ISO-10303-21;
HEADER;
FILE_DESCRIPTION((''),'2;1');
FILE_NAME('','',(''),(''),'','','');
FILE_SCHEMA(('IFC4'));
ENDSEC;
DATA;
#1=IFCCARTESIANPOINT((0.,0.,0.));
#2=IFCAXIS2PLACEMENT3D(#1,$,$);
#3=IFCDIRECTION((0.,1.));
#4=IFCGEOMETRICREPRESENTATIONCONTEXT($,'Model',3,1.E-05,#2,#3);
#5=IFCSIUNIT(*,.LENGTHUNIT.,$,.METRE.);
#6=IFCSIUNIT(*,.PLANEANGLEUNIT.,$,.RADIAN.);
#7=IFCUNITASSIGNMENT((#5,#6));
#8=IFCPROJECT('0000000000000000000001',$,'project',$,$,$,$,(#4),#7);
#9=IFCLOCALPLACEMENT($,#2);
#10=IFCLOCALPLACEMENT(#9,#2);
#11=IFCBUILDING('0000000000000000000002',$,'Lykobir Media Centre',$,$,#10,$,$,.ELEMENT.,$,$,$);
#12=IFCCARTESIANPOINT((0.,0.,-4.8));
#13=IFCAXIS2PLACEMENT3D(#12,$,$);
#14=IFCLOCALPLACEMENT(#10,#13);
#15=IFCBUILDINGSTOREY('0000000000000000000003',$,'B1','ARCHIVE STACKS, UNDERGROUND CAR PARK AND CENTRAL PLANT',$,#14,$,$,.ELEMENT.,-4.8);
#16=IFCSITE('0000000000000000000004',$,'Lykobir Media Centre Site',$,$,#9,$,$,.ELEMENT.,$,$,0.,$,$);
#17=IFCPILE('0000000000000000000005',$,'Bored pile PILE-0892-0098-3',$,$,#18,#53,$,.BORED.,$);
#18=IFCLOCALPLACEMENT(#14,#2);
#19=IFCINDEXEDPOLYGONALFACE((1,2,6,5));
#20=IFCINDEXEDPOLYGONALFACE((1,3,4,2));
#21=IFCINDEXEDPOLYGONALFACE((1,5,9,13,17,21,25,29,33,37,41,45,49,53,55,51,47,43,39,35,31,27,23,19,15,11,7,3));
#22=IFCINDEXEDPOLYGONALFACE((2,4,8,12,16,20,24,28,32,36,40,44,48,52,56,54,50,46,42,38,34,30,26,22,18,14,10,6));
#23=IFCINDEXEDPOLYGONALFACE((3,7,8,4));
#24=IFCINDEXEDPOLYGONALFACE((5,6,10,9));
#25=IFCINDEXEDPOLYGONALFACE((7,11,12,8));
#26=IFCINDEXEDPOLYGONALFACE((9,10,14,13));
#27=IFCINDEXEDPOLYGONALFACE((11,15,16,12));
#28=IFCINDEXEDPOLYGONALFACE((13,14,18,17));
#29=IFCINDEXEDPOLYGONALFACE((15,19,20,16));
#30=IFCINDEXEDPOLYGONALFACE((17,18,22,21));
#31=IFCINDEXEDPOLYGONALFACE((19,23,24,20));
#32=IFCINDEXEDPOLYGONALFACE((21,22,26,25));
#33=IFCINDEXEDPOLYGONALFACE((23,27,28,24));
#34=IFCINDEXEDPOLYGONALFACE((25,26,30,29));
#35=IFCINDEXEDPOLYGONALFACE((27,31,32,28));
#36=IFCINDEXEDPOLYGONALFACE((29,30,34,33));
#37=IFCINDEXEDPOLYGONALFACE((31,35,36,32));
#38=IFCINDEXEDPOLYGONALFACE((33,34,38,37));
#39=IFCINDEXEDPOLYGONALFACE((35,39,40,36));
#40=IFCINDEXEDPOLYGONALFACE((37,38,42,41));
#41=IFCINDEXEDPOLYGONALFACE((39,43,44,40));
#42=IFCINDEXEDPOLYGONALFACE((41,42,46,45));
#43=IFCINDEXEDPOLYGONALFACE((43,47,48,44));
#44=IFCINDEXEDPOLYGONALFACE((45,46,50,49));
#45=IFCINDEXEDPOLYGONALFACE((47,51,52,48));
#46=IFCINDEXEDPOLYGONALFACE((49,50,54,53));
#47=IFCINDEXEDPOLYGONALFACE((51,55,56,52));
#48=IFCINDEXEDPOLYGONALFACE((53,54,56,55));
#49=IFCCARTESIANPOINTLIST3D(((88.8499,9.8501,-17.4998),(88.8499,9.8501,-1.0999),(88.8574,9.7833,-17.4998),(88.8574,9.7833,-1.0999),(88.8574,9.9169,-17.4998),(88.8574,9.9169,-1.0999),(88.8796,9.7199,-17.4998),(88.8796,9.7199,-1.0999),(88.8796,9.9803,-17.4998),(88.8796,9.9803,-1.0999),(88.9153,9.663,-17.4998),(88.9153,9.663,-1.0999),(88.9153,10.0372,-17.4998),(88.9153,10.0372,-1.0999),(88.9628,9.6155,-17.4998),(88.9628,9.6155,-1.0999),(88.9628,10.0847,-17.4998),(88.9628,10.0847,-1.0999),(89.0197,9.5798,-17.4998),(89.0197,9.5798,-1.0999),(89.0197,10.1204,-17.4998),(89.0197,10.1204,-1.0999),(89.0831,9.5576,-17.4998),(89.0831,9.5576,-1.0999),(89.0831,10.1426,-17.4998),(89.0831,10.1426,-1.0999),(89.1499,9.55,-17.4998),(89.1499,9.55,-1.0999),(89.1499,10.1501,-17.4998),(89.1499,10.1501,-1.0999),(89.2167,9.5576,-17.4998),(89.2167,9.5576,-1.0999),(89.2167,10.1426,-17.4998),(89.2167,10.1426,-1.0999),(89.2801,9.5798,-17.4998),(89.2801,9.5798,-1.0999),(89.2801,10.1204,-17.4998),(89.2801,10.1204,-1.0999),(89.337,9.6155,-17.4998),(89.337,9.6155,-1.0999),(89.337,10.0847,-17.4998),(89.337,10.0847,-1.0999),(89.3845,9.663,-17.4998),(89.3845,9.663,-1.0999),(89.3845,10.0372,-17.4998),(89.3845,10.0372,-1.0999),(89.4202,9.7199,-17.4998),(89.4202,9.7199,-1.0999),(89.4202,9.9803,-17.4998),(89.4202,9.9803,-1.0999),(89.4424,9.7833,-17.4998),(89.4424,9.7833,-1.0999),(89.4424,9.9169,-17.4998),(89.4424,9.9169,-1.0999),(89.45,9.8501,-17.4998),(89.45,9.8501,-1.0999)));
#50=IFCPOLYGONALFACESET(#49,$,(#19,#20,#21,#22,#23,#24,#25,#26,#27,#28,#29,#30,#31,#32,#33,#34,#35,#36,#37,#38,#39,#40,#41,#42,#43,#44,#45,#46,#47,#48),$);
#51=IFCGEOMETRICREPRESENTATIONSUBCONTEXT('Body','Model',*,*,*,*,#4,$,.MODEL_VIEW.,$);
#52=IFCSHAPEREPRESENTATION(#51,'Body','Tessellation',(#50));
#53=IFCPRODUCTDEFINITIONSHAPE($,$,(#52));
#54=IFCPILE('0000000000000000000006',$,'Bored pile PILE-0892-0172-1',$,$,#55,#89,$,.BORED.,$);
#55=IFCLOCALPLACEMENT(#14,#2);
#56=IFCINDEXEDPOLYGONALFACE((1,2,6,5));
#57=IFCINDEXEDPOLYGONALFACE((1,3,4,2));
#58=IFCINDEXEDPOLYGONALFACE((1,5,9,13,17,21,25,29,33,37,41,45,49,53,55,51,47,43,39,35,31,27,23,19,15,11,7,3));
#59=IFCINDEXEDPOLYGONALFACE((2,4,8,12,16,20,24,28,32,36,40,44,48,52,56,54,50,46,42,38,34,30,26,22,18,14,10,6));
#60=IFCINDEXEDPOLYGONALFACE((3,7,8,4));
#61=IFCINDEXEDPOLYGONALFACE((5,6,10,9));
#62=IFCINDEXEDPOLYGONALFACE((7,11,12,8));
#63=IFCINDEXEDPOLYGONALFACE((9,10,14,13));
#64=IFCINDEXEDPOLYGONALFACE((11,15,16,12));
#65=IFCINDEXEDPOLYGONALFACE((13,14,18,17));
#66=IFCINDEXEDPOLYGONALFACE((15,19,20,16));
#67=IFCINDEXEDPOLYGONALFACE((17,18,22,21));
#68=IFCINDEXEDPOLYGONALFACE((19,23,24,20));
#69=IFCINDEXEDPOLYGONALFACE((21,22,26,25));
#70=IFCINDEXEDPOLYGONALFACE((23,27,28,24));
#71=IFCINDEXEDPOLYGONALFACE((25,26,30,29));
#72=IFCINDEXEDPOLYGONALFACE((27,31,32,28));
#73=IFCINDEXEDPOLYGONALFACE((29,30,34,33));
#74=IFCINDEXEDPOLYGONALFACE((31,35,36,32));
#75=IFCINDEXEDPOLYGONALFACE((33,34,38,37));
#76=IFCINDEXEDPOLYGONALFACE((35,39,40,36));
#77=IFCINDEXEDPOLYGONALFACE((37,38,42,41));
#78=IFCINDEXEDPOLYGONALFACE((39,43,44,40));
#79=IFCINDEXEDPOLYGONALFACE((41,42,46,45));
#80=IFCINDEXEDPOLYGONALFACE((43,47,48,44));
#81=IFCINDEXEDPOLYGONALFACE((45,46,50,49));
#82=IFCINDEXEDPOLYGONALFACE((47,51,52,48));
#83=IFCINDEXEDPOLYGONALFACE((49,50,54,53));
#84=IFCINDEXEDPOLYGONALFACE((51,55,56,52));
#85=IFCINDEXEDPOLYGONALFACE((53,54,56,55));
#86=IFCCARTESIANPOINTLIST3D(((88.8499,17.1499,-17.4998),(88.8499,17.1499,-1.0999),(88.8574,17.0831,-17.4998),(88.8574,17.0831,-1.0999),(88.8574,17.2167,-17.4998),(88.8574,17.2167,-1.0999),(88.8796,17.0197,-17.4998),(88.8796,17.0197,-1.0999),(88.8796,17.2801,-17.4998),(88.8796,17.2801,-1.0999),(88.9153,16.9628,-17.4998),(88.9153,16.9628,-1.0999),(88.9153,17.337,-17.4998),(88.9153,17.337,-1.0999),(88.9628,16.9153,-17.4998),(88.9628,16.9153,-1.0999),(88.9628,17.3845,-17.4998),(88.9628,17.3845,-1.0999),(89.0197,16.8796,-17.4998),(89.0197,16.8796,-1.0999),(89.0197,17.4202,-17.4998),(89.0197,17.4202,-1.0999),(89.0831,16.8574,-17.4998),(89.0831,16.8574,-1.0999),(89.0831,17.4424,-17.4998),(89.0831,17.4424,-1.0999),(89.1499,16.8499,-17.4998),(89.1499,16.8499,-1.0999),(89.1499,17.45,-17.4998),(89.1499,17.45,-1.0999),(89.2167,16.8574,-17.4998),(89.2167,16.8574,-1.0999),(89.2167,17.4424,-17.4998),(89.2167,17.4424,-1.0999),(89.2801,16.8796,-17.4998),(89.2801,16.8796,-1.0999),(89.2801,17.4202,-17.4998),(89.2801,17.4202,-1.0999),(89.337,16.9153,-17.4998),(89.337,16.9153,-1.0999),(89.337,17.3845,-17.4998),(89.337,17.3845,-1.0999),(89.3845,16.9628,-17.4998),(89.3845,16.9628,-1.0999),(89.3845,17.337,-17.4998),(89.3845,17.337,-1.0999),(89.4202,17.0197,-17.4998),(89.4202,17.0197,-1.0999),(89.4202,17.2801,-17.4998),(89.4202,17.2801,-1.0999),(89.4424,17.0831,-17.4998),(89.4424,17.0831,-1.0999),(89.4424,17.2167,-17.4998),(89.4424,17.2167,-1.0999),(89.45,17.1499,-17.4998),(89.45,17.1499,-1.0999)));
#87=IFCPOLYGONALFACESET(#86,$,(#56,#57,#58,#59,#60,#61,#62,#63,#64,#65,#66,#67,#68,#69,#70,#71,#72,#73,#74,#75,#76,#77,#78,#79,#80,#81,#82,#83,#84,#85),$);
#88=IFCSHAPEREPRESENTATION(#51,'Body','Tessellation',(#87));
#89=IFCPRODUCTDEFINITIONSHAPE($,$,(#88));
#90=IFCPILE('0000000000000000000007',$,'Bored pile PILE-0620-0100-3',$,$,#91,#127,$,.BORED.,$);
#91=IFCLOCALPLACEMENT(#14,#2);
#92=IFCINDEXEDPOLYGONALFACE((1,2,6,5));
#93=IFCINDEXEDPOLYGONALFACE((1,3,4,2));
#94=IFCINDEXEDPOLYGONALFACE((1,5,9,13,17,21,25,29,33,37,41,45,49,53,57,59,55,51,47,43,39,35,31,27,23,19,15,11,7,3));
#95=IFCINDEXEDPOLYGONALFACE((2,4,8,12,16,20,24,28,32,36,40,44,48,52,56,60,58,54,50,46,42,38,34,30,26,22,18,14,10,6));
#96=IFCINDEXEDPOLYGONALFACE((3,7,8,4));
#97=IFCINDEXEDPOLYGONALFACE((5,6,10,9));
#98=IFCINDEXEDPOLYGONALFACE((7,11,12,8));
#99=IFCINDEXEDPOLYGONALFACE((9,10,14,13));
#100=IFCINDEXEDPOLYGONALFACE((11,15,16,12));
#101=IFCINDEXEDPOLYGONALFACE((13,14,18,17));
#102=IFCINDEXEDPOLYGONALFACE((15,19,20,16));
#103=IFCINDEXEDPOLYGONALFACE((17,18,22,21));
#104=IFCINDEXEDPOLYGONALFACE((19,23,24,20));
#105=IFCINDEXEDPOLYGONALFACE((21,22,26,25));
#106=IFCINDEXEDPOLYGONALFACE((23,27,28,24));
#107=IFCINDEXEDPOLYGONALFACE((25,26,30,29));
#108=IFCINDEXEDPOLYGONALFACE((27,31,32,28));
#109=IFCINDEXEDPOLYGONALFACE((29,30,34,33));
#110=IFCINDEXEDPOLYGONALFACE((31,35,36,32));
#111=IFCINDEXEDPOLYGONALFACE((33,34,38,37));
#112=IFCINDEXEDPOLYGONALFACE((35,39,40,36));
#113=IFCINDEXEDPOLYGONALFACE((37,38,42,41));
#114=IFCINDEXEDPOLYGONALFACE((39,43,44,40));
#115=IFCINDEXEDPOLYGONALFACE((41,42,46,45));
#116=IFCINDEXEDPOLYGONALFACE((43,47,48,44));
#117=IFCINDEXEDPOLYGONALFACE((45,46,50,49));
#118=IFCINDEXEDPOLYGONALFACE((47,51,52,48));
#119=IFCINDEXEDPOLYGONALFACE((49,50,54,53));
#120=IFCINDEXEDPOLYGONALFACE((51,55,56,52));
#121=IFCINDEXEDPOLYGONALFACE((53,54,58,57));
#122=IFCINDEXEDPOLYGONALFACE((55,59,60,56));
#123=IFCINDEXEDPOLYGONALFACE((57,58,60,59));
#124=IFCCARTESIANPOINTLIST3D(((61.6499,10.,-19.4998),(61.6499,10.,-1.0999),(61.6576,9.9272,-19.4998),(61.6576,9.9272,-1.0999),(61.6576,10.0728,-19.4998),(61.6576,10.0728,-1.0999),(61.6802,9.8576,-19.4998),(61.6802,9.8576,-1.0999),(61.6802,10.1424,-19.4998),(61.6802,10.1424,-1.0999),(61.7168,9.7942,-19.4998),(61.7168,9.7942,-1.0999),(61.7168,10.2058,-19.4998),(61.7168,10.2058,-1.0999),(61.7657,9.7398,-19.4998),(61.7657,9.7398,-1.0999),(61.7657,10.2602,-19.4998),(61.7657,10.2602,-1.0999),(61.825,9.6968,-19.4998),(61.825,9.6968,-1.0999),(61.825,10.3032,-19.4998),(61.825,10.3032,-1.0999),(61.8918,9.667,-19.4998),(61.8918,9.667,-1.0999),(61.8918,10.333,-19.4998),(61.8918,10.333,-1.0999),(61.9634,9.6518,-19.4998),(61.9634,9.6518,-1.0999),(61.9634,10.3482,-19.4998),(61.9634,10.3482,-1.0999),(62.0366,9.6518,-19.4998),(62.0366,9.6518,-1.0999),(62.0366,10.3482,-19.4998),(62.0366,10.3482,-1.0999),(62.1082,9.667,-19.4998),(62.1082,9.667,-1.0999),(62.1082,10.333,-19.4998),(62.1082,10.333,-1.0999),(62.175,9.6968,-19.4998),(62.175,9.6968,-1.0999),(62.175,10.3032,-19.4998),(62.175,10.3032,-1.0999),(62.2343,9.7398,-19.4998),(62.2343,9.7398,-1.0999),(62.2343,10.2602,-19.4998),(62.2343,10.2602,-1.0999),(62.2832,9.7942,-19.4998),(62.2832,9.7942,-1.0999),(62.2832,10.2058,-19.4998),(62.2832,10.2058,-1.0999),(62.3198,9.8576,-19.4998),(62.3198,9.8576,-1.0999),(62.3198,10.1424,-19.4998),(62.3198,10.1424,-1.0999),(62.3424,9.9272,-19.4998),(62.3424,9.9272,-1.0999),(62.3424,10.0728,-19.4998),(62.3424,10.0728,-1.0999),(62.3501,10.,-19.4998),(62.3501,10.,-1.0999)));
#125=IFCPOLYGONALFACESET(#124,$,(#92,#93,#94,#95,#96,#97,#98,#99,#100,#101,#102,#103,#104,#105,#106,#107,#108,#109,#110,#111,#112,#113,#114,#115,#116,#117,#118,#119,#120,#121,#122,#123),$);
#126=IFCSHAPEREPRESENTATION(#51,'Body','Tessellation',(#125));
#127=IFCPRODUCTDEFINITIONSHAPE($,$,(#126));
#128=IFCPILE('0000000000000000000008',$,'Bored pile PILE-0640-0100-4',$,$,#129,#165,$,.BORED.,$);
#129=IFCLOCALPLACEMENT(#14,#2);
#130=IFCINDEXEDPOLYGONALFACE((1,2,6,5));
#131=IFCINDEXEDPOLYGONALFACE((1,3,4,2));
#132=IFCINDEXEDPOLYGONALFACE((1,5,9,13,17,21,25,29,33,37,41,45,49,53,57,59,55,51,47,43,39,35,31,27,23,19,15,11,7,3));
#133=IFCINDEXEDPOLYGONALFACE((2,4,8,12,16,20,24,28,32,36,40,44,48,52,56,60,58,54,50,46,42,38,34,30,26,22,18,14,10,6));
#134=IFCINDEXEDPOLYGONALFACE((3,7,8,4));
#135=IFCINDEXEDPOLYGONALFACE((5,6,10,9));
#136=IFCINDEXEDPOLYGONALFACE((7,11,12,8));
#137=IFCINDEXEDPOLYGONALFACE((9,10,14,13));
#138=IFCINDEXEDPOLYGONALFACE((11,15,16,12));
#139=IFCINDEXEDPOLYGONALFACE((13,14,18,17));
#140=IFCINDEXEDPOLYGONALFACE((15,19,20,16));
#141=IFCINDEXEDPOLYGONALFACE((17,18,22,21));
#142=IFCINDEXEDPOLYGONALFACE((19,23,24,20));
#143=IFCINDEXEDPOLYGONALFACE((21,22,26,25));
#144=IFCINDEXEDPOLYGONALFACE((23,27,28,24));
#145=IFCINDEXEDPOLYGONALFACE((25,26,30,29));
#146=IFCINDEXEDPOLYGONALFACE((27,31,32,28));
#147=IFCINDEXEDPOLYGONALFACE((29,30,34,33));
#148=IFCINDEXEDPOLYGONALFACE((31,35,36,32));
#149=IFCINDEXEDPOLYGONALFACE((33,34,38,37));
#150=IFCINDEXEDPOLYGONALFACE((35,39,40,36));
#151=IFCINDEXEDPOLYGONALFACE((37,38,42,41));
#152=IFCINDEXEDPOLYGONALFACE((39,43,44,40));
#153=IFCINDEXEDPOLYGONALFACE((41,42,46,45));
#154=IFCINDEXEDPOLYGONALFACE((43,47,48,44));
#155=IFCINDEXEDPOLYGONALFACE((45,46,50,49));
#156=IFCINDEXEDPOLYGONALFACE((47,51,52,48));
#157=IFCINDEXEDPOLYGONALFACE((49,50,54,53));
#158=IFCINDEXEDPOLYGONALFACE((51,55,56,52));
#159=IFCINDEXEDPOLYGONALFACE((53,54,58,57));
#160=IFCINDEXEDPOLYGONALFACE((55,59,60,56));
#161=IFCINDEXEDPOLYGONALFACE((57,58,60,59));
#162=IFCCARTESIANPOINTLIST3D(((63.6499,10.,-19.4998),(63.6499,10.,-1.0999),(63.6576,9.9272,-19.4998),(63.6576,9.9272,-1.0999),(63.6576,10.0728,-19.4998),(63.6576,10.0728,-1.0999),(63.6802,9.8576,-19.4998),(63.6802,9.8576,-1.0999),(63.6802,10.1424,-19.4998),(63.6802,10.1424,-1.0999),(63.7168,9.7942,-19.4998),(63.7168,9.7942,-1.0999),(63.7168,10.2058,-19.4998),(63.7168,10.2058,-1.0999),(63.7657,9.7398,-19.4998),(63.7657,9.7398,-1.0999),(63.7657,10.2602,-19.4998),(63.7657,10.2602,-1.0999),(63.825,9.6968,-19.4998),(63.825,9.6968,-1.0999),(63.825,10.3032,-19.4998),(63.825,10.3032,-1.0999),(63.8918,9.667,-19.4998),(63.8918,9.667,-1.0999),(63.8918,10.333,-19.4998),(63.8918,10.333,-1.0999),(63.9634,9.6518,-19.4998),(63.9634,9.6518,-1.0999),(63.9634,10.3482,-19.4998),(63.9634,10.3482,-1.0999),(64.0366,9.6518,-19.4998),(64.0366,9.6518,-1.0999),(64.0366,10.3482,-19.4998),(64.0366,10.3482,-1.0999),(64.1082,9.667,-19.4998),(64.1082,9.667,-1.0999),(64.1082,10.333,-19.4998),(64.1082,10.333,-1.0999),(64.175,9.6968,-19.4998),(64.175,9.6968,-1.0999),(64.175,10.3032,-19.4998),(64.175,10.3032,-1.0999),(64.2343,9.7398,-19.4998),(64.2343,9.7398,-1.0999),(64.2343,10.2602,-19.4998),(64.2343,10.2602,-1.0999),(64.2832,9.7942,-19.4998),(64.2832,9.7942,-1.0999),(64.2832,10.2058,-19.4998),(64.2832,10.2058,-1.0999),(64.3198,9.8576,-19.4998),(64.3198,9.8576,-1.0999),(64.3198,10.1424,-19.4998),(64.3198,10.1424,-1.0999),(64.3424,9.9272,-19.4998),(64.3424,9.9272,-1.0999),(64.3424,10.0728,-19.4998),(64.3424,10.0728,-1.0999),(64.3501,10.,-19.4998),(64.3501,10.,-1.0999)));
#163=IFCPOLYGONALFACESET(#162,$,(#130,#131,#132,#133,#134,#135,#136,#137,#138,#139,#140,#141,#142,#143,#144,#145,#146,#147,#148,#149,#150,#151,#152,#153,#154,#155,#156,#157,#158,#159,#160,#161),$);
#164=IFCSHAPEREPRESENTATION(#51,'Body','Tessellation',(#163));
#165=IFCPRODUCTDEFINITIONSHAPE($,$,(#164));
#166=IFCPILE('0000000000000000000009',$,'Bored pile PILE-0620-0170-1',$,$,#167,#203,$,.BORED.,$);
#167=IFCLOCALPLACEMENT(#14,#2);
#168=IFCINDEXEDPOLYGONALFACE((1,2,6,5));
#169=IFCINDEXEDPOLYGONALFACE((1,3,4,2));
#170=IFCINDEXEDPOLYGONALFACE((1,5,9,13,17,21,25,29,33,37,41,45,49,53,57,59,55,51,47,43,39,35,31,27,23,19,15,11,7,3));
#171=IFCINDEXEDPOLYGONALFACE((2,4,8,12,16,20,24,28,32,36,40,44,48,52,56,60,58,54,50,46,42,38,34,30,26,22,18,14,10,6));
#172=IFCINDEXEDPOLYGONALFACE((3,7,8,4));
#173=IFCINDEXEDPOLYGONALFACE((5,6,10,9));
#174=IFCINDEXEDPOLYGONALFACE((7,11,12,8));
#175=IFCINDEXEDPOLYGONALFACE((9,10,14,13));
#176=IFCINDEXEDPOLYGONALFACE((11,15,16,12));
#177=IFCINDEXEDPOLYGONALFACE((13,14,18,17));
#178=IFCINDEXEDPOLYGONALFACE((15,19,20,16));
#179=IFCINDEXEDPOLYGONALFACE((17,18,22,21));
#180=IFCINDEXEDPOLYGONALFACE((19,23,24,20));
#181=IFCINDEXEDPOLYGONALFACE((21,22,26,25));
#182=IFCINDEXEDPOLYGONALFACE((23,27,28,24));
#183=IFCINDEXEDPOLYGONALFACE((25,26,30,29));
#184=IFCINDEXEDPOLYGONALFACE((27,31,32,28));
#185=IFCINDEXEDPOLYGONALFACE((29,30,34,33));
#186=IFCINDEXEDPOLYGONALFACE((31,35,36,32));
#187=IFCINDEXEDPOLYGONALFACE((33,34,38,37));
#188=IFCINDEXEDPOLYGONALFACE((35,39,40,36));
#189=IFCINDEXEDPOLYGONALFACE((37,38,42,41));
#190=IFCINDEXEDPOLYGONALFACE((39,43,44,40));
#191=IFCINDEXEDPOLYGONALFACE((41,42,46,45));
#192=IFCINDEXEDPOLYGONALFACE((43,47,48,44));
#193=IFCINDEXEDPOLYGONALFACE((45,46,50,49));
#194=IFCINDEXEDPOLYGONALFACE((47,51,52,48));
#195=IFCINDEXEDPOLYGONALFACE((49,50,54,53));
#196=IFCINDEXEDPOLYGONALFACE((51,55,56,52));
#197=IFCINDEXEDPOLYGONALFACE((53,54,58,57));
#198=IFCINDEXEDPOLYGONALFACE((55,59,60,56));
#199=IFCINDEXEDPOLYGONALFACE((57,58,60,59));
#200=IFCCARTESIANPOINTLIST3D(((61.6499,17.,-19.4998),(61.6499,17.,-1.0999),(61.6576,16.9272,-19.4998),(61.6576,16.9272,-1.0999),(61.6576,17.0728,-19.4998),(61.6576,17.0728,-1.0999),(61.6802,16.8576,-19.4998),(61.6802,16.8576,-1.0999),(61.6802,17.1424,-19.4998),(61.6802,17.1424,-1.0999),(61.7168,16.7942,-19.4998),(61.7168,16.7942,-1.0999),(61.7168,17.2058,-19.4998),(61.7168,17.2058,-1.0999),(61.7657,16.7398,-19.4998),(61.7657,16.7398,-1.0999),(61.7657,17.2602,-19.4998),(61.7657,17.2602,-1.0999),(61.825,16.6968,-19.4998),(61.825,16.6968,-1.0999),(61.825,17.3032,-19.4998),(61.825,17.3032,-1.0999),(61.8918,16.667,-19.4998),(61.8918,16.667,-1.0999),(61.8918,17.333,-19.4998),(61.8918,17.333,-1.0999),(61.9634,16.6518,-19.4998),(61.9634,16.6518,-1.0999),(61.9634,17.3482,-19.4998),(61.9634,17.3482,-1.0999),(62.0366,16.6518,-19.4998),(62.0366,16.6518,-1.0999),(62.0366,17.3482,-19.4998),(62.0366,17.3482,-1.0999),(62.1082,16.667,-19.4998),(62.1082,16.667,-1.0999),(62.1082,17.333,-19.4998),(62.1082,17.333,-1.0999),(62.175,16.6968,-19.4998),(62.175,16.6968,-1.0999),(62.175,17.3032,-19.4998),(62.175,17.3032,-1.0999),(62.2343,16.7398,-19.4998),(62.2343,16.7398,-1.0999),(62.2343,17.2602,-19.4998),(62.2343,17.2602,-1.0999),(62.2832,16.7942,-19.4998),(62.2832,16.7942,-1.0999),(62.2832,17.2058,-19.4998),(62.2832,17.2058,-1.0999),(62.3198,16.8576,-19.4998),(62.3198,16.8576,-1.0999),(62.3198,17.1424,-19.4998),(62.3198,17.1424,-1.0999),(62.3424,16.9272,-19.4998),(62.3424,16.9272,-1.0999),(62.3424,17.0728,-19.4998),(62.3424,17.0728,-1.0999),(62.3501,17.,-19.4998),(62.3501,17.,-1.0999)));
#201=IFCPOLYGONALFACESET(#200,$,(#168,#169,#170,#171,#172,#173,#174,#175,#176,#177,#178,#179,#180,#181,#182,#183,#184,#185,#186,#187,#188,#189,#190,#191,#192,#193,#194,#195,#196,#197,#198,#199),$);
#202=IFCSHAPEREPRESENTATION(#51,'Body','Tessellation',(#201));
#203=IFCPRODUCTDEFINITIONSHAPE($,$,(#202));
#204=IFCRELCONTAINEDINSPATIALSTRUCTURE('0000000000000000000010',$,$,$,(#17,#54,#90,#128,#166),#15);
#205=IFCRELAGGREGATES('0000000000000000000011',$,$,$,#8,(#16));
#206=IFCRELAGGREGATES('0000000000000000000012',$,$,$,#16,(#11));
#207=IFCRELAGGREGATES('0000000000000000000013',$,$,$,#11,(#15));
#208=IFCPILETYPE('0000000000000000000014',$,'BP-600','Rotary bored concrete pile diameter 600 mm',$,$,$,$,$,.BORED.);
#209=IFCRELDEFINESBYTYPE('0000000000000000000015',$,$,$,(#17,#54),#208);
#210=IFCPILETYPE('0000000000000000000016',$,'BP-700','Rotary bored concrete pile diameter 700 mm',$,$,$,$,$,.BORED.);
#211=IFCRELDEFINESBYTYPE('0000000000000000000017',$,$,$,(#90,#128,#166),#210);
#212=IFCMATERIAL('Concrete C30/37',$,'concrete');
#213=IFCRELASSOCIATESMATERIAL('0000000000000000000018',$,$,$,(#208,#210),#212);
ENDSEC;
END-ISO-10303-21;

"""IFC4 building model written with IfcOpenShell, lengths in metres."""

from ifc_helpers import new_model, si_unit, direction, frame, origin, origin_2d, place, context, subcontext, project, spatial, circle, extrude, material, material_profile, profile_set, type_object, element, save


model = new_model("IFC4")

# Units and contexts
model_context = context("Model", 3, precision=1e-05, world=origin(), true_north=direction((0.0, 1.0)))
body_context = subcontext(model_context, "Body", "Model", "MODEL_VIEW")
ifc_project = project(units=[si_unit("LENGTHUNIT", "METRE"), si_unit("PLANEANGLEUNIT", "RADIAN")], contexts=[model_context])

# Site, building, storey
site_placement = place(None, origin())
site = spatial("IfcSite", under=ifc_project, at=site_placement, Name="Lykobir Media Centre Site", CompositionType="ELEMENT", RefElevation=0.0)
building_placement = place(site_placement, origin())
building = spatial("IfcBuilding", under=site, at=building_placement, Name="Lykobir Media Centre", CompositionType="ELEMENT")
storey_placement = place(building_placement, frame((0.0, 0.0, -4.8)))
storey = spatial("IfcBuildingStorey", under=building, at=storey_placement, Name="B1", Description="ARCHIVE STACKS, UNDERGROUND CAR PARK AND CENTRAL PLANT", CompositionType="ELEMENT", Elevation=-4.8)

# Piles
ifc_material_1 = material(Name="Concrete C30/37", Category="concrete")
ifc_material_profile_1 = material_profile(ifc_material_1, circle(Radius=0.3, at=origin_2d()), Name="BORED PILE D600")
ifc_profile_set_1 = profile_set([ifc_material_profile_1], Name="Concrete C30/37")
pile_type_1 = type_object("IfcPileType", Name="BP-600", Description="Rotary bored concrete pile diameter 600 mm", PredefinedType="BORED", material=ifc_profile_set_1)
for number, where, z_axis, x_axis, name in (
    (1, (89.1499, 9.8501, -1.0999), (0.0, 0.0, -1.0), (1.0, 0.0, 0.0), "Bored pile PILE-0892-0098-3"),
    (2, (89.1499, 17.1499, -1.0999), (0.0, 0.0, -1.0), (1.0, 0.0, 0.0), "Bored pile PILE-0892-0172-1"),
):
    element("IfcPile", number, at=place(storey_placement, frame(where, z_axis=z_axis, x_axis=x_axis)), inside=storey, type_object=pile_type_1, Name=name, PredefinedType="BORED", context=body_context, shape_type="SweptSolid", body=[
        extrude(circle(Radius=0.3, at=origin_2d()), origin(), (0.0, 0.0, 1.0), 16.3999),
    ])
ifc_material_profile_2 = material_profile(ifc_material_1, circle(Radius=0.3501, at=origin_2d()), Name="BORED PILE D700")
ifc_profile_set_2 = profile_set([ifc_material_profile_2], Name="Concrete C30/37")
pile_type_2 = type_object("IfcPileType", Name="BP-700", Description="Rotary bored concrete pile diameter 700 mm", PredefinedType="BORED", material=ifc_profile_set_2)
for number, where, z_axis, x_axis, name in (
    (3, (62.0, 10.0, -1.0999), (0.0, 0.0, -1.0), (1.0, 0.0, 0.0), "Bored pile PILE-0620-0100-3"),
    (4, (64.0, 10.0, -1.0999), (0.0, 0.0, -1.0), (1.0, 0.0, 0.0), "Bored pile PILE-0640-0100-4"),
    (5, (62.0, 17.0, -1.0999), (0.0, 0.0, -1.0), (1.0, 0.0, 0.0), "Bored pile PILE-0620-0170-1"),
):
    element("IfcPile", number, at=place(storey_placement, frame(where, z_axis=z_axis, x_axis=x_axis)), inside=storey, type_object=pile_type_2, Name=name, PredefinedType="BORED", context=body_context, shape_type="SweptSolid", body=[
        extrude(circle(Radius=0.3501, at=origin_2d()), origin(), (0.0, 0.0, 1.0), 18.3999),
    ])

save(model, "model.ifc")
